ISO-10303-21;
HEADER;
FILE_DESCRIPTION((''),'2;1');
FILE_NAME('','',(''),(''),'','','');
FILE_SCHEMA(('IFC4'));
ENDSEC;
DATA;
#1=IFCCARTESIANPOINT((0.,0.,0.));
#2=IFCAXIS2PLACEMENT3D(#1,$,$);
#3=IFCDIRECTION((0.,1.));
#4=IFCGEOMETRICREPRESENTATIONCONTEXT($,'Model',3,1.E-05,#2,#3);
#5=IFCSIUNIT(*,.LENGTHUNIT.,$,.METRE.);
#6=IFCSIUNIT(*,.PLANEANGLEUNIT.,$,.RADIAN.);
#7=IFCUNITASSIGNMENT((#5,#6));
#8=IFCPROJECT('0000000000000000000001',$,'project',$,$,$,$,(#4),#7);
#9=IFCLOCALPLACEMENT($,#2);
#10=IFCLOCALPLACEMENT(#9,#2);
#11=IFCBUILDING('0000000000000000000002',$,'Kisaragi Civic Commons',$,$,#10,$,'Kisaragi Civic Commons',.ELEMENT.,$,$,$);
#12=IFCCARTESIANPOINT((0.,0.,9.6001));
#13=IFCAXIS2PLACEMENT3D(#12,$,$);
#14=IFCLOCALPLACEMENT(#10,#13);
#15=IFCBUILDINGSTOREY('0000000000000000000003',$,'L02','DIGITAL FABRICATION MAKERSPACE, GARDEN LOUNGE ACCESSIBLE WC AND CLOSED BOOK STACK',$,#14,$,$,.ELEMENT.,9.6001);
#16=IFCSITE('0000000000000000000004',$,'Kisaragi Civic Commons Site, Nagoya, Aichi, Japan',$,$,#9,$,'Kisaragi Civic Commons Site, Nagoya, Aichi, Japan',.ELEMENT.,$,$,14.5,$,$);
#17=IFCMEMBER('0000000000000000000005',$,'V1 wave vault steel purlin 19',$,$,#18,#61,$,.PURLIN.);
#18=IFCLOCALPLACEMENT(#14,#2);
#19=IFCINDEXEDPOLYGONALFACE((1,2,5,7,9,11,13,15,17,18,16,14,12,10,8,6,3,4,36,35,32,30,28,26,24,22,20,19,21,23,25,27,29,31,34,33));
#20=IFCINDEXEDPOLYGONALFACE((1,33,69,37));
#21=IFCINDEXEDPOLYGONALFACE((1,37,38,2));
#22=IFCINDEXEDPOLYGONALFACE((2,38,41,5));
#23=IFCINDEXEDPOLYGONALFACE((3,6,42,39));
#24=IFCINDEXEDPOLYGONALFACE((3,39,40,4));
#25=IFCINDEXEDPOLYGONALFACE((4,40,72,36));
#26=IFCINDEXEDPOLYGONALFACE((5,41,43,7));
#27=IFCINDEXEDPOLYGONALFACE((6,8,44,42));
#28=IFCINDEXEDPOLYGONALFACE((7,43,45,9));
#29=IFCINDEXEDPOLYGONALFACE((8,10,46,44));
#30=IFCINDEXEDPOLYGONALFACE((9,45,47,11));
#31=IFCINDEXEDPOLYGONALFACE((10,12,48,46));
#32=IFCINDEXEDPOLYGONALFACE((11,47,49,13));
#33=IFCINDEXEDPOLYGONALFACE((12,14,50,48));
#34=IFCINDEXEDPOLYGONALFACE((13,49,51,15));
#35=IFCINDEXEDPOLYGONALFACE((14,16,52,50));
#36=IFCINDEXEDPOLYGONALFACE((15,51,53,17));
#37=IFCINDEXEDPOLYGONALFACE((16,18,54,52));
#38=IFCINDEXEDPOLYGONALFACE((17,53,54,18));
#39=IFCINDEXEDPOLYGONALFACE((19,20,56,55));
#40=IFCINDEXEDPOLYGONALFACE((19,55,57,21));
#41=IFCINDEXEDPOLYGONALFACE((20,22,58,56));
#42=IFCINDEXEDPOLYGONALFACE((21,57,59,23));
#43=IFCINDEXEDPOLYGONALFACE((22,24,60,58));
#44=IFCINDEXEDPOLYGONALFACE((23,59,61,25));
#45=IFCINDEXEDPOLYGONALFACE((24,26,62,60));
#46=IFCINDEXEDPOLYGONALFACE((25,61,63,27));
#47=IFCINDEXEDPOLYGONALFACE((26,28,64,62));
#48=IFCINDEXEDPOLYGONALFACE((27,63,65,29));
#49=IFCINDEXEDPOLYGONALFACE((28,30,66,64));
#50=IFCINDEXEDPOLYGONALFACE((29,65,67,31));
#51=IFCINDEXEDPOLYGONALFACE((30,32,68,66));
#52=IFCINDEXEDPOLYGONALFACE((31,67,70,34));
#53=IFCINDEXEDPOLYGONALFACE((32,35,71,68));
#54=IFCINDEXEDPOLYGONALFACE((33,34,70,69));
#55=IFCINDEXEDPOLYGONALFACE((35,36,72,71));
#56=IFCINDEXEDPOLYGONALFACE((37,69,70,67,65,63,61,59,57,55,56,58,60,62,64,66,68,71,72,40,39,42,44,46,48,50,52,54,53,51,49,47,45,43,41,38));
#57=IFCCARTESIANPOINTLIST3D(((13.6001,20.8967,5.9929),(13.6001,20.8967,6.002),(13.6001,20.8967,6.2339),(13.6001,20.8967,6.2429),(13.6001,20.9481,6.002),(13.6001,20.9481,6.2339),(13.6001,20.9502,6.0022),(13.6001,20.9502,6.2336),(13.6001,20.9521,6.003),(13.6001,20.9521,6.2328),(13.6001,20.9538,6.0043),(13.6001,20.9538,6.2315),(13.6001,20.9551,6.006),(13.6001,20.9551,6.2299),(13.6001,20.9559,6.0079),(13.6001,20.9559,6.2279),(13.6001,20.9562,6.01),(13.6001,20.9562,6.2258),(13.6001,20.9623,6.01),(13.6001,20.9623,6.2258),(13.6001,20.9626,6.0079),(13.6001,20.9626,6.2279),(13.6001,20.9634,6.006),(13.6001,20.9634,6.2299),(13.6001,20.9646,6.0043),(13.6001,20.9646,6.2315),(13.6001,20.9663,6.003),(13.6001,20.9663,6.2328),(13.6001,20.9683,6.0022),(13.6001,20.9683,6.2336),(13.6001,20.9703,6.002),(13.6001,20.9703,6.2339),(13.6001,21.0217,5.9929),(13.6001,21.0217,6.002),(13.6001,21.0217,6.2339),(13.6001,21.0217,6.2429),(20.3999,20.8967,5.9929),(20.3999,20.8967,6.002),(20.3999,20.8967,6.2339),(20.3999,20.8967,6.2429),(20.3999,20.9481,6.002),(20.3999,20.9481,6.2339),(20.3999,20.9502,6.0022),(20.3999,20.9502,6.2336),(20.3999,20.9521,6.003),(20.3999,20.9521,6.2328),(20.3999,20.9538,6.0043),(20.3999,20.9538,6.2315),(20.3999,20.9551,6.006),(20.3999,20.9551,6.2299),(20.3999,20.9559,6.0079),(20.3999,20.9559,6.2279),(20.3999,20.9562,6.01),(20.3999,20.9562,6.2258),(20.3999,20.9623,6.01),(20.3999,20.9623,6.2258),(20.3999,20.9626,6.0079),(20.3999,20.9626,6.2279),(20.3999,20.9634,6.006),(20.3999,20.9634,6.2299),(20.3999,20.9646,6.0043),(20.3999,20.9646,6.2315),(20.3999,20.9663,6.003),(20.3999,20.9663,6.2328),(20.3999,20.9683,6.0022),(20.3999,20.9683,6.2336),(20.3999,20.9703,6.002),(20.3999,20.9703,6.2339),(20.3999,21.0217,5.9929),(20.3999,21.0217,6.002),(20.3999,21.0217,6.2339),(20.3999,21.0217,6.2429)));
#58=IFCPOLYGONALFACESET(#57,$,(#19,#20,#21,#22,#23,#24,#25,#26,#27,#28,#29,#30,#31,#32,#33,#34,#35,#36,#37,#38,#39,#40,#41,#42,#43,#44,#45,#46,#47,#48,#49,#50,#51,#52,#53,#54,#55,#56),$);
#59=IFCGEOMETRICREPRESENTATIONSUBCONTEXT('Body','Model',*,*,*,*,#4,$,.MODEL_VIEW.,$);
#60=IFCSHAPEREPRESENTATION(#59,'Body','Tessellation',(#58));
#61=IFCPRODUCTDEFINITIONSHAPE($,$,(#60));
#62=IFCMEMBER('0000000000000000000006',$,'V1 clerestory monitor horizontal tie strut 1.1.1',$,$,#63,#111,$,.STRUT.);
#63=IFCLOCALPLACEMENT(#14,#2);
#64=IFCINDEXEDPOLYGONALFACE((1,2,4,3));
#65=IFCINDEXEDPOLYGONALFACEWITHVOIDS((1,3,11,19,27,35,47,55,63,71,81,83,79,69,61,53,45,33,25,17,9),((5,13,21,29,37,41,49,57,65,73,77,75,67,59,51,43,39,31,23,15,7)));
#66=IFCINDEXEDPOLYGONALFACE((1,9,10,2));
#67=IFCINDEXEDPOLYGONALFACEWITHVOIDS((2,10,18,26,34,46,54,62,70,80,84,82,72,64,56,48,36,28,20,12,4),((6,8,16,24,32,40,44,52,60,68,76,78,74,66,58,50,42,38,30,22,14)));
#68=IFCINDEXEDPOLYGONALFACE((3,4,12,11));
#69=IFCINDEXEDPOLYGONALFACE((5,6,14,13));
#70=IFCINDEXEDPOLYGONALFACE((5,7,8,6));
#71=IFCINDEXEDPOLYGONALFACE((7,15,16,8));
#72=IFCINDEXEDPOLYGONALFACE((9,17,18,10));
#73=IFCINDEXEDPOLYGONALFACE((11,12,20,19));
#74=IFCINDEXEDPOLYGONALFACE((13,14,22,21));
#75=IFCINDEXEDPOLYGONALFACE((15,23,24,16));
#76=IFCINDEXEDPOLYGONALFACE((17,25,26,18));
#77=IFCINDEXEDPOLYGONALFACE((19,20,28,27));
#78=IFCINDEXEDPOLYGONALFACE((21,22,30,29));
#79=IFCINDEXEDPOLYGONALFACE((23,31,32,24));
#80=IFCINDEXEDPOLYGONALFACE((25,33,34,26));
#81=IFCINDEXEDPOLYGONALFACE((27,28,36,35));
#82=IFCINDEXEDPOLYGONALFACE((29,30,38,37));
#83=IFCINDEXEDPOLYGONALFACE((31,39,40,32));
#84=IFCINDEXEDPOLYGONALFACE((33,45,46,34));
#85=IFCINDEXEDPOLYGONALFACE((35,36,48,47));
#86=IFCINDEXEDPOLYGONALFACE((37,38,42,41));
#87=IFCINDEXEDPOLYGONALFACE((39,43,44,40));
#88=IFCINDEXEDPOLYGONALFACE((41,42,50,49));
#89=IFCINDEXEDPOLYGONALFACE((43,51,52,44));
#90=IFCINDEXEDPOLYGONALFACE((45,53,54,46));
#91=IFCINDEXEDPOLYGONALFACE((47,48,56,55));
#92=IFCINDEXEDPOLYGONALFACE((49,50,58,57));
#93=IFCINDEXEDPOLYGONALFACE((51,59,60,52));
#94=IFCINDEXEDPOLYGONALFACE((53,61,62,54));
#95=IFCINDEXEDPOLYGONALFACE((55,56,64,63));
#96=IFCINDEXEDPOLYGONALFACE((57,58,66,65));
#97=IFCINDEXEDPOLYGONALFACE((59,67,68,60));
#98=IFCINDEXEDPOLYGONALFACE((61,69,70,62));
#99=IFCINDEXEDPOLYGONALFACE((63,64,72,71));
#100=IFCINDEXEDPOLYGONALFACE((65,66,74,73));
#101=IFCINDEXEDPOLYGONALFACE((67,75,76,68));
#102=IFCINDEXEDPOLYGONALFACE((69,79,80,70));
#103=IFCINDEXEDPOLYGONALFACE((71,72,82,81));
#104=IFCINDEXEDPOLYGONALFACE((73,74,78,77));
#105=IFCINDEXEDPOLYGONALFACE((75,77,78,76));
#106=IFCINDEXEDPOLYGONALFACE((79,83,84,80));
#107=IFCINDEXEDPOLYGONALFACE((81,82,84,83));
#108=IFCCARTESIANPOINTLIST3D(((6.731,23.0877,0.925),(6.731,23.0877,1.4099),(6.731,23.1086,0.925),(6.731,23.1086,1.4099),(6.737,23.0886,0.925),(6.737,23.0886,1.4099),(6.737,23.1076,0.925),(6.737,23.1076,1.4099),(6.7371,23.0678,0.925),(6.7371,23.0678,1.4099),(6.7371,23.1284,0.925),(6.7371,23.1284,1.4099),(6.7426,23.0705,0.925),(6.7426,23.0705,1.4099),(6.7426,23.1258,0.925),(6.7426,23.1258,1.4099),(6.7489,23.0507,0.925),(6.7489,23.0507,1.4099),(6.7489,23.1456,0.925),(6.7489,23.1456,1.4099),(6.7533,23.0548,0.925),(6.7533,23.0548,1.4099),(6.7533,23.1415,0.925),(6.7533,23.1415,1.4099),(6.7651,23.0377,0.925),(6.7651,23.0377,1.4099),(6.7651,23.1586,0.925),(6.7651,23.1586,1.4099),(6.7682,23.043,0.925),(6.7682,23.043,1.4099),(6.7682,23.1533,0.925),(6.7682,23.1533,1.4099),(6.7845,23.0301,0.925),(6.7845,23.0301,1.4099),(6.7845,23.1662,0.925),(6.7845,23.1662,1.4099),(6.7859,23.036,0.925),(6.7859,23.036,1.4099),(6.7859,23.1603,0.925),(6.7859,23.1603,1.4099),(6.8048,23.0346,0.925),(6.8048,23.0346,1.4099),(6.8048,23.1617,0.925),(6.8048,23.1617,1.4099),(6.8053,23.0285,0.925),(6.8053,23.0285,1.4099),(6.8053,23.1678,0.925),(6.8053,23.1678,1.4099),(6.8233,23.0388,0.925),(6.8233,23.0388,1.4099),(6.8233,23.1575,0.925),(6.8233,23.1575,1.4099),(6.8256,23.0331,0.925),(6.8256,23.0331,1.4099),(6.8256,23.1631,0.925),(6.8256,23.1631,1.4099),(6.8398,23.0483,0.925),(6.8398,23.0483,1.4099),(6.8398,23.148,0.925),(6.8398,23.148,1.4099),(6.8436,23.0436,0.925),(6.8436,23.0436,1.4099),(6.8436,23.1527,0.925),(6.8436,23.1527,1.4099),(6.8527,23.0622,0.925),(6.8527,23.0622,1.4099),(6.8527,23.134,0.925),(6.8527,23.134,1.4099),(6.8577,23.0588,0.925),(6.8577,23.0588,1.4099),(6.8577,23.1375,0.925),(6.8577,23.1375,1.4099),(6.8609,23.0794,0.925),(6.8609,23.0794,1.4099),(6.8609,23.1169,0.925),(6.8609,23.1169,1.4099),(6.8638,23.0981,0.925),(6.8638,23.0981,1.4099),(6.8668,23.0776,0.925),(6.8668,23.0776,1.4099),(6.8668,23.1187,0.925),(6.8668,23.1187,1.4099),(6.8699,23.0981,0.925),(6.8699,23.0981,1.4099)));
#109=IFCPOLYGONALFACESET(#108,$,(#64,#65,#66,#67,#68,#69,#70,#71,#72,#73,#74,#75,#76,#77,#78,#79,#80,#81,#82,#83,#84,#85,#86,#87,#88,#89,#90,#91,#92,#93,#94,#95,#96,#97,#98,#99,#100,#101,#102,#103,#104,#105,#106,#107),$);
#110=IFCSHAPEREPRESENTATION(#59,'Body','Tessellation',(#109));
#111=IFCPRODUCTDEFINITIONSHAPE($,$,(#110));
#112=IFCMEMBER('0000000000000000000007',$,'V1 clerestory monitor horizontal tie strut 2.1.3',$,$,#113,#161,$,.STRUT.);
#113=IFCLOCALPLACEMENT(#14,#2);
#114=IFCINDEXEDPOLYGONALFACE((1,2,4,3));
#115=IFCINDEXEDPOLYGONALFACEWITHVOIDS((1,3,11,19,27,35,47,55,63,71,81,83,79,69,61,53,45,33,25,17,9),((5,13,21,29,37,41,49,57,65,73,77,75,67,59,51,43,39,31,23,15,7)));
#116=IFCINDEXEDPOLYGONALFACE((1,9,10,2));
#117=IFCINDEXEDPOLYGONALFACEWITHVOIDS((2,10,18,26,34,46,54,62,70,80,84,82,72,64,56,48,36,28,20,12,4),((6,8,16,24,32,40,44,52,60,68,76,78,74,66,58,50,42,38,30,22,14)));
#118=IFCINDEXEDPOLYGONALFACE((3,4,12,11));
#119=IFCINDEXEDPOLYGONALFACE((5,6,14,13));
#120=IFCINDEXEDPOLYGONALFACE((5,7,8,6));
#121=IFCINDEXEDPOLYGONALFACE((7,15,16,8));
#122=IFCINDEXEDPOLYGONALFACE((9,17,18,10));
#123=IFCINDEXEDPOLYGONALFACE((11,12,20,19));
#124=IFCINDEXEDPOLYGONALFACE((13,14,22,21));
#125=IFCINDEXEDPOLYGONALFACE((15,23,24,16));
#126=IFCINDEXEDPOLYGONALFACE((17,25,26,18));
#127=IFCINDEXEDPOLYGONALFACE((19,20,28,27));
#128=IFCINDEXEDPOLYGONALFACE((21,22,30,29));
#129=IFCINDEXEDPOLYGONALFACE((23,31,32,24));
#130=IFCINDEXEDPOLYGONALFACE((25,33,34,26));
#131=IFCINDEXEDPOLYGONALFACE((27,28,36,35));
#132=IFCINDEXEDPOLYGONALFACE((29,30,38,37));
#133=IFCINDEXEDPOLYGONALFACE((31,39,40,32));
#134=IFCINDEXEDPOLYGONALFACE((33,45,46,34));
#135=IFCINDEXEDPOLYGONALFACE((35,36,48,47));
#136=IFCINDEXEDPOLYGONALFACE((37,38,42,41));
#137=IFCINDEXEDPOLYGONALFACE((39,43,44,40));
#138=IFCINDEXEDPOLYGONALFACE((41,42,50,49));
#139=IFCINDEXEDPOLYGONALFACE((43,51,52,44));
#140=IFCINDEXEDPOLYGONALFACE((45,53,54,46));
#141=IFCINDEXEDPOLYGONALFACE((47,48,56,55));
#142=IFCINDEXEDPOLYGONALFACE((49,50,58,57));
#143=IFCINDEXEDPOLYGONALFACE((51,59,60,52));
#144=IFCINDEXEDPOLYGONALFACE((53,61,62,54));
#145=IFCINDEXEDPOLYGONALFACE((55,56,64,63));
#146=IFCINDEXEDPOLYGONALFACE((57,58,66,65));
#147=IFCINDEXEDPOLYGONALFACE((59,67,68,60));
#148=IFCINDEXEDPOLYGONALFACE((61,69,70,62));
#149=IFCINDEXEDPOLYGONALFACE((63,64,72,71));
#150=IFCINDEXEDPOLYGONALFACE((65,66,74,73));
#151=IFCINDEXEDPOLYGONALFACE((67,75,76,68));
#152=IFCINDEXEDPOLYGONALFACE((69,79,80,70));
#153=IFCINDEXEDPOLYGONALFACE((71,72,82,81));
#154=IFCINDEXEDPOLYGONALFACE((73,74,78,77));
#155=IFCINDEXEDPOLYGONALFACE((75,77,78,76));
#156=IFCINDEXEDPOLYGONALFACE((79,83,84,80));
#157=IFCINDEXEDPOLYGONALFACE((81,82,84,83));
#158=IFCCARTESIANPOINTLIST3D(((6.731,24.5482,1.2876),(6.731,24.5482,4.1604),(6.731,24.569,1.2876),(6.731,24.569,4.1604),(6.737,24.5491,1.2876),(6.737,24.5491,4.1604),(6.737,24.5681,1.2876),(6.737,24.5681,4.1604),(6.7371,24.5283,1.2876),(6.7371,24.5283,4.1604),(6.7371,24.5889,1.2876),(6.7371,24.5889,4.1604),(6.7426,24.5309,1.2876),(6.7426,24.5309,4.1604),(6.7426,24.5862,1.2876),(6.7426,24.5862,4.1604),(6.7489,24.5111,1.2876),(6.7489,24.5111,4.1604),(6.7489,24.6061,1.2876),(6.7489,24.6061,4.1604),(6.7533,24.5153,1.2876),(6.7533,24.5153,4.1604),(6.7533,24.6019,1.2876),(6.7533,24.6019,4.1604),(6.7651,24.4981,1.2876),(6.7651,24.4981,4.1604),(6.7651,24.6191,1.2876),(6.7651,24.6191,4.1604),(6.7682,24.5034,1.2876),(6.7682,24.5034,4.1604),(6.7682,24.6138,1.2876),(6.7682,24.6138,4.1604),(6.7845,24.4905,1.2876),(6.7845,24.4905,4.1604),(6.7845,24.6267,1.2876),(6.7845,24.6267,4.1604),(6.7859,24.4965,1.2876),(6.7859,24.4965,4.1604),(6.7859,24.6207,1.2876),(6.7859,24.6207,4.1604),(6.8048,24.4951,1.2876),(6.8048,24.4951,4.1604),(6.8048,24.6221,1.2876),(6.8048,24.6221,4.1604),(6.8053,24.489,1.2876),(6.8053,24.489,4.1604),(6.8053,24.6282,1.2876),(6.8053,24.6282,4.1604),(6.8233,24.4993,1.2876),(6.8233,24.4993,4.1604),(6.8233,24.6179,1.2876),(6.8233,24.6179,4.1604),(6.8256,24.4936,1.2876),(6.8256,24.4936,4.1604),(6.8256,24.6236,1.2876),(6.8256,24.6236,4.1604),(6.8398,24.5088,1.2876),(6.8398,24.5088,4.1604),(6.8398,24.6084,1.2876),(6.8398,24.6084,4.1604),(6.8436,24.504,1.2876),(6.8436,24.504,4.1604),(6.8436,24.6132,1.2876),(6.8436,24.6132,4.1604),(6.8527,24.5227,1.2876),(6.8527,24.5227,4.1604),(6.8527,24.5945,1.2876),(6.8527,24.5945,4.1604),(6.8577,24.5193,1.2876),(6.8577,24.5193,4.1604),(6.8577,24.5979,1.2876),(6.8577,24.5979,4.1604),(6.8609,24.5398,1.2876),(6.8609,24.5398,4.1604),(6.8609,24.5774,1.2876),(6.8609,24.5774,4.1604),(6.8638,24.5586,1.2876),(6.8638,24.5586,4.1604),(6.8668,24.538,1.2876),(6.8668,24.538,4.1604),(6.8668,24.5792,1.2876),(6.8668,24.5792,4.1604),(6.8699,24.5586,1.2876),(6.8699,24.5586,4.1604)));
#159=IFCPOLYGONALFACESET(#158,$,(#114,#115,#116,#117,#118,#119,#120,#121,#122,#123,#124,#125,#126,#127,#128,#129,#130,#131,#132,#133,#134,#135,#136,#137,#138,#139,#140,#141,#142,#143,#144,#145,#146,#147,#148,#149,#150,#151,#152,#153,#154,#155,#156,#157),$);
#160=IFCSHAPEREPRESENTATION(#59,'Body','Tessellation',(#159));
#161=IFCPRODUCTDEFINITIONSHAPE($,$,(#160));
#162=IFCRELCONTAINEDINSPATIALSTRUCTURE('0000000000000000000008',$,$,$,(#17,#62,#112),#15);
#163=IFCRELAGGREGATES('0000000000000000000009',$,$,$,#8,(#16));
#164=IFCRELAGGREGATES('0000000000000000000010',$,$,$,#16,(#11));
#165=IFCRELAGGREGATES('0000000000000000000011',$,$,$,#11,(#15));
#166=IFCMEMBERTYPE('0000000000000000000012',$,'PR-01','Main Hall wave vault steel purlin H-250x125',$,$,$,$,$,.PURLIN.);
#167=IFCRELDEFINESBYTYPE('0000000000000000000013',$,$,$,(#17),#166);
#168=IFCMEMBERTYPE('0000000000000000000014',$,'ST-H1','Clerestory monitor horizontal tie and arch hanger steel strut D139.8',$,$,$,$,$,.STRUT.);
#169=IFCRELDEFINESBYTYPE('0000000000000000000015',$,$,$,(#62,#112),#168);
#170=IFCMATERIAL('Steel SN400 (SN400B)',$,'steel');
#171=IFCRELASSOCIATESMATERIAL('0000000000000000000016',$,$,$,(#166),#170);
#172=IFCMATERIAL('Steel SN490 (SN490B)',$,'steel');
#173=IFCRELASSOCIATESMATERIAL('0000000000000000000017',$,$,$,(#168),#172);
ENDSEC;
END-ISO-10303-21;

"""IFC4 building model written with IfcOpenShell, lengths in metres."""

from ifc_helpers import new_model, si_unit, direction, frame, origin, origin_2d, place, context, subcontext, project, spatial, hollow_circle, i_section, extrude, material, material_profile, profile_set, type_object, element, save


model = new_model("IFC4")

# Units and contexts
model_context = context("Model", 3, precision=1e-05, world=origin(), true_north=direction((0.0, 1.0)))
body_context = subcontext(model_context, "Body", "Model", "MODEL_VIEW")
ifc_project = project(units=[si_unit("LENGTHUNIT", "METRE"), si_unit("PLANEANGLEUNIT", "RADIAN")], contexts=[model_context])

# Site, building, storey
site_placement = place(None, origin())
site = spatial("IfcSite", under=ifc_project, at=site_placement, Name="Kisaragi Civic Commons Site, Nagoya, Aichi, Japan", LongName="Kisaragi Civic Commons Site, Nagoya, Aichi, Japan", CompositionType="ELEMENT", RefElevation=14.5)
building_placement = place(site_placement, origin())
building = spatial("IfcBuilding", under=site, at=building_placement, Name="Kisaragi Civic Commons", LongName="Kisaragi Civic Commons", CompositionType="ELEMENT")
storey_placement = place(building_placement, frame((0.0, 0.0, 9.6001)))
storey = spatial("IfcBuildingStorey", under=building, at=storey_placement, Name="L02", Description="DIGITAL FABRICATION MAKERSPACE, GARDEN LOUNGE ACCESSIBLE WC AND CLOSED BOOK STACK", CompositionType="ELEMENT", Elevation=9.6001)

# Members
ifc_material_1 = material(Name="Steel SN400 (SN400B)", Category="steel")
ifc_material_profile_1 = material_profile(ifc_material_1, i_section(OverallWidth=0.125, OverallDepth=0.25, WebThickness=0.0061, FlangeThickness=0.009, FilletRadius=0.0081, at=origin_2d()), Name="H-250x125x6x9", Category="steel")
ifc_profile_set_1 = profile_set([ifc_material_profile_1], Name="Steel SN400 (SN400B)")
member_type_1 = type_object("IfcMemberType", Name="PR-01", Description="Main Hall wave vault steel purlin H-250x125", PredefinedType="PURLIN", material=ifc_profile_set_1)
member_1_placement = place(storey_placement, frame((13.6001, 20.9592, 6.1179), z_axis=(1.0, 0.0, 0.0), x_axis=(0.0, 1.0, 0.0)))
element("IfcMember", 1, at=member_1_placement, inside=storey, type_object=member_type_1, Name="V1 wave vault steel purlin 19", PredefinedType="PURLIN", context=body_context, shape_type="SweptSolid", body=[
    extrude(i_section(OverallWidth=0.125, OverallDepth=0.25, WebThickness=0.0061, FlangeThickness=0.009, FilletRadius=0.0081, at=origin_2d()), origin(), (0.0, 0.0, 1.0), 6.7998),
])
ifc_material_2 = material(Name="Steel SN490 (SN490B)", Category="steel")
ifc_material_profile_2 = material_profile(ifc_material_2, hollow_circle(Radius=0.0698, WallThickness=0.0061, at=origin_2d()), Name="CHS-139.8x6.0", Category="steel")
ifc_profile_set_2 = profile_set([ifc_material_profile_2], Name="Steel SN490 (SN490B)")
member_type_2 = type_object("IfcMemberType", Name="ST-H1", Description="Clerestory monitor horizontal tie and arch hanger steel strut D139.8", PredefinedType="STRUT", material=ifc_profile_set_2)
member_2_placement = place(storey_placement, frame((6.8, 23.0981, 0.925), z_axis=(0.0, 0.0, 1.0), x_axis=(1.0, 0.0, 0.0)))
element("IfcMember", 2, at=member_2_placement, inside=storey, type_object=member_type_2, Name="V1 clerestory monitor horizontal tie strut 1.1.1", PredefinedType="STRUT", context=body_context, shape_type="SweptSolid", body=[
    extrude(hollow_circle(Radius=0.0698, WallThickness=0.0061, at=origin_2d()), origin(), (0.0, 0.0, 1.0), 0.4849),
])
member_3_placement = place(storey_placement, frame((6.8, 24.5586, 1.2876), z_axis=(0.0, 0.0, 1.0), x_axis=(1.0, 0.0, 0.0)))
element("IfcMember", 3, at=member_3_placement, inside=storey, type_object=member_type_2, Name="V1 clerestory monitor horizontal tie strut 2.1.3", PredefinedType="STRUT", context=body_context, shape_type="SweptSolid", body=[
    extrude(hollow_circle(Radius=0.0698, WallThickness=0.0061, at=origin_2d()), origin(), (0.0, 0.0, 1.0), 2.8728),
])

save(model, "model.ifc")
